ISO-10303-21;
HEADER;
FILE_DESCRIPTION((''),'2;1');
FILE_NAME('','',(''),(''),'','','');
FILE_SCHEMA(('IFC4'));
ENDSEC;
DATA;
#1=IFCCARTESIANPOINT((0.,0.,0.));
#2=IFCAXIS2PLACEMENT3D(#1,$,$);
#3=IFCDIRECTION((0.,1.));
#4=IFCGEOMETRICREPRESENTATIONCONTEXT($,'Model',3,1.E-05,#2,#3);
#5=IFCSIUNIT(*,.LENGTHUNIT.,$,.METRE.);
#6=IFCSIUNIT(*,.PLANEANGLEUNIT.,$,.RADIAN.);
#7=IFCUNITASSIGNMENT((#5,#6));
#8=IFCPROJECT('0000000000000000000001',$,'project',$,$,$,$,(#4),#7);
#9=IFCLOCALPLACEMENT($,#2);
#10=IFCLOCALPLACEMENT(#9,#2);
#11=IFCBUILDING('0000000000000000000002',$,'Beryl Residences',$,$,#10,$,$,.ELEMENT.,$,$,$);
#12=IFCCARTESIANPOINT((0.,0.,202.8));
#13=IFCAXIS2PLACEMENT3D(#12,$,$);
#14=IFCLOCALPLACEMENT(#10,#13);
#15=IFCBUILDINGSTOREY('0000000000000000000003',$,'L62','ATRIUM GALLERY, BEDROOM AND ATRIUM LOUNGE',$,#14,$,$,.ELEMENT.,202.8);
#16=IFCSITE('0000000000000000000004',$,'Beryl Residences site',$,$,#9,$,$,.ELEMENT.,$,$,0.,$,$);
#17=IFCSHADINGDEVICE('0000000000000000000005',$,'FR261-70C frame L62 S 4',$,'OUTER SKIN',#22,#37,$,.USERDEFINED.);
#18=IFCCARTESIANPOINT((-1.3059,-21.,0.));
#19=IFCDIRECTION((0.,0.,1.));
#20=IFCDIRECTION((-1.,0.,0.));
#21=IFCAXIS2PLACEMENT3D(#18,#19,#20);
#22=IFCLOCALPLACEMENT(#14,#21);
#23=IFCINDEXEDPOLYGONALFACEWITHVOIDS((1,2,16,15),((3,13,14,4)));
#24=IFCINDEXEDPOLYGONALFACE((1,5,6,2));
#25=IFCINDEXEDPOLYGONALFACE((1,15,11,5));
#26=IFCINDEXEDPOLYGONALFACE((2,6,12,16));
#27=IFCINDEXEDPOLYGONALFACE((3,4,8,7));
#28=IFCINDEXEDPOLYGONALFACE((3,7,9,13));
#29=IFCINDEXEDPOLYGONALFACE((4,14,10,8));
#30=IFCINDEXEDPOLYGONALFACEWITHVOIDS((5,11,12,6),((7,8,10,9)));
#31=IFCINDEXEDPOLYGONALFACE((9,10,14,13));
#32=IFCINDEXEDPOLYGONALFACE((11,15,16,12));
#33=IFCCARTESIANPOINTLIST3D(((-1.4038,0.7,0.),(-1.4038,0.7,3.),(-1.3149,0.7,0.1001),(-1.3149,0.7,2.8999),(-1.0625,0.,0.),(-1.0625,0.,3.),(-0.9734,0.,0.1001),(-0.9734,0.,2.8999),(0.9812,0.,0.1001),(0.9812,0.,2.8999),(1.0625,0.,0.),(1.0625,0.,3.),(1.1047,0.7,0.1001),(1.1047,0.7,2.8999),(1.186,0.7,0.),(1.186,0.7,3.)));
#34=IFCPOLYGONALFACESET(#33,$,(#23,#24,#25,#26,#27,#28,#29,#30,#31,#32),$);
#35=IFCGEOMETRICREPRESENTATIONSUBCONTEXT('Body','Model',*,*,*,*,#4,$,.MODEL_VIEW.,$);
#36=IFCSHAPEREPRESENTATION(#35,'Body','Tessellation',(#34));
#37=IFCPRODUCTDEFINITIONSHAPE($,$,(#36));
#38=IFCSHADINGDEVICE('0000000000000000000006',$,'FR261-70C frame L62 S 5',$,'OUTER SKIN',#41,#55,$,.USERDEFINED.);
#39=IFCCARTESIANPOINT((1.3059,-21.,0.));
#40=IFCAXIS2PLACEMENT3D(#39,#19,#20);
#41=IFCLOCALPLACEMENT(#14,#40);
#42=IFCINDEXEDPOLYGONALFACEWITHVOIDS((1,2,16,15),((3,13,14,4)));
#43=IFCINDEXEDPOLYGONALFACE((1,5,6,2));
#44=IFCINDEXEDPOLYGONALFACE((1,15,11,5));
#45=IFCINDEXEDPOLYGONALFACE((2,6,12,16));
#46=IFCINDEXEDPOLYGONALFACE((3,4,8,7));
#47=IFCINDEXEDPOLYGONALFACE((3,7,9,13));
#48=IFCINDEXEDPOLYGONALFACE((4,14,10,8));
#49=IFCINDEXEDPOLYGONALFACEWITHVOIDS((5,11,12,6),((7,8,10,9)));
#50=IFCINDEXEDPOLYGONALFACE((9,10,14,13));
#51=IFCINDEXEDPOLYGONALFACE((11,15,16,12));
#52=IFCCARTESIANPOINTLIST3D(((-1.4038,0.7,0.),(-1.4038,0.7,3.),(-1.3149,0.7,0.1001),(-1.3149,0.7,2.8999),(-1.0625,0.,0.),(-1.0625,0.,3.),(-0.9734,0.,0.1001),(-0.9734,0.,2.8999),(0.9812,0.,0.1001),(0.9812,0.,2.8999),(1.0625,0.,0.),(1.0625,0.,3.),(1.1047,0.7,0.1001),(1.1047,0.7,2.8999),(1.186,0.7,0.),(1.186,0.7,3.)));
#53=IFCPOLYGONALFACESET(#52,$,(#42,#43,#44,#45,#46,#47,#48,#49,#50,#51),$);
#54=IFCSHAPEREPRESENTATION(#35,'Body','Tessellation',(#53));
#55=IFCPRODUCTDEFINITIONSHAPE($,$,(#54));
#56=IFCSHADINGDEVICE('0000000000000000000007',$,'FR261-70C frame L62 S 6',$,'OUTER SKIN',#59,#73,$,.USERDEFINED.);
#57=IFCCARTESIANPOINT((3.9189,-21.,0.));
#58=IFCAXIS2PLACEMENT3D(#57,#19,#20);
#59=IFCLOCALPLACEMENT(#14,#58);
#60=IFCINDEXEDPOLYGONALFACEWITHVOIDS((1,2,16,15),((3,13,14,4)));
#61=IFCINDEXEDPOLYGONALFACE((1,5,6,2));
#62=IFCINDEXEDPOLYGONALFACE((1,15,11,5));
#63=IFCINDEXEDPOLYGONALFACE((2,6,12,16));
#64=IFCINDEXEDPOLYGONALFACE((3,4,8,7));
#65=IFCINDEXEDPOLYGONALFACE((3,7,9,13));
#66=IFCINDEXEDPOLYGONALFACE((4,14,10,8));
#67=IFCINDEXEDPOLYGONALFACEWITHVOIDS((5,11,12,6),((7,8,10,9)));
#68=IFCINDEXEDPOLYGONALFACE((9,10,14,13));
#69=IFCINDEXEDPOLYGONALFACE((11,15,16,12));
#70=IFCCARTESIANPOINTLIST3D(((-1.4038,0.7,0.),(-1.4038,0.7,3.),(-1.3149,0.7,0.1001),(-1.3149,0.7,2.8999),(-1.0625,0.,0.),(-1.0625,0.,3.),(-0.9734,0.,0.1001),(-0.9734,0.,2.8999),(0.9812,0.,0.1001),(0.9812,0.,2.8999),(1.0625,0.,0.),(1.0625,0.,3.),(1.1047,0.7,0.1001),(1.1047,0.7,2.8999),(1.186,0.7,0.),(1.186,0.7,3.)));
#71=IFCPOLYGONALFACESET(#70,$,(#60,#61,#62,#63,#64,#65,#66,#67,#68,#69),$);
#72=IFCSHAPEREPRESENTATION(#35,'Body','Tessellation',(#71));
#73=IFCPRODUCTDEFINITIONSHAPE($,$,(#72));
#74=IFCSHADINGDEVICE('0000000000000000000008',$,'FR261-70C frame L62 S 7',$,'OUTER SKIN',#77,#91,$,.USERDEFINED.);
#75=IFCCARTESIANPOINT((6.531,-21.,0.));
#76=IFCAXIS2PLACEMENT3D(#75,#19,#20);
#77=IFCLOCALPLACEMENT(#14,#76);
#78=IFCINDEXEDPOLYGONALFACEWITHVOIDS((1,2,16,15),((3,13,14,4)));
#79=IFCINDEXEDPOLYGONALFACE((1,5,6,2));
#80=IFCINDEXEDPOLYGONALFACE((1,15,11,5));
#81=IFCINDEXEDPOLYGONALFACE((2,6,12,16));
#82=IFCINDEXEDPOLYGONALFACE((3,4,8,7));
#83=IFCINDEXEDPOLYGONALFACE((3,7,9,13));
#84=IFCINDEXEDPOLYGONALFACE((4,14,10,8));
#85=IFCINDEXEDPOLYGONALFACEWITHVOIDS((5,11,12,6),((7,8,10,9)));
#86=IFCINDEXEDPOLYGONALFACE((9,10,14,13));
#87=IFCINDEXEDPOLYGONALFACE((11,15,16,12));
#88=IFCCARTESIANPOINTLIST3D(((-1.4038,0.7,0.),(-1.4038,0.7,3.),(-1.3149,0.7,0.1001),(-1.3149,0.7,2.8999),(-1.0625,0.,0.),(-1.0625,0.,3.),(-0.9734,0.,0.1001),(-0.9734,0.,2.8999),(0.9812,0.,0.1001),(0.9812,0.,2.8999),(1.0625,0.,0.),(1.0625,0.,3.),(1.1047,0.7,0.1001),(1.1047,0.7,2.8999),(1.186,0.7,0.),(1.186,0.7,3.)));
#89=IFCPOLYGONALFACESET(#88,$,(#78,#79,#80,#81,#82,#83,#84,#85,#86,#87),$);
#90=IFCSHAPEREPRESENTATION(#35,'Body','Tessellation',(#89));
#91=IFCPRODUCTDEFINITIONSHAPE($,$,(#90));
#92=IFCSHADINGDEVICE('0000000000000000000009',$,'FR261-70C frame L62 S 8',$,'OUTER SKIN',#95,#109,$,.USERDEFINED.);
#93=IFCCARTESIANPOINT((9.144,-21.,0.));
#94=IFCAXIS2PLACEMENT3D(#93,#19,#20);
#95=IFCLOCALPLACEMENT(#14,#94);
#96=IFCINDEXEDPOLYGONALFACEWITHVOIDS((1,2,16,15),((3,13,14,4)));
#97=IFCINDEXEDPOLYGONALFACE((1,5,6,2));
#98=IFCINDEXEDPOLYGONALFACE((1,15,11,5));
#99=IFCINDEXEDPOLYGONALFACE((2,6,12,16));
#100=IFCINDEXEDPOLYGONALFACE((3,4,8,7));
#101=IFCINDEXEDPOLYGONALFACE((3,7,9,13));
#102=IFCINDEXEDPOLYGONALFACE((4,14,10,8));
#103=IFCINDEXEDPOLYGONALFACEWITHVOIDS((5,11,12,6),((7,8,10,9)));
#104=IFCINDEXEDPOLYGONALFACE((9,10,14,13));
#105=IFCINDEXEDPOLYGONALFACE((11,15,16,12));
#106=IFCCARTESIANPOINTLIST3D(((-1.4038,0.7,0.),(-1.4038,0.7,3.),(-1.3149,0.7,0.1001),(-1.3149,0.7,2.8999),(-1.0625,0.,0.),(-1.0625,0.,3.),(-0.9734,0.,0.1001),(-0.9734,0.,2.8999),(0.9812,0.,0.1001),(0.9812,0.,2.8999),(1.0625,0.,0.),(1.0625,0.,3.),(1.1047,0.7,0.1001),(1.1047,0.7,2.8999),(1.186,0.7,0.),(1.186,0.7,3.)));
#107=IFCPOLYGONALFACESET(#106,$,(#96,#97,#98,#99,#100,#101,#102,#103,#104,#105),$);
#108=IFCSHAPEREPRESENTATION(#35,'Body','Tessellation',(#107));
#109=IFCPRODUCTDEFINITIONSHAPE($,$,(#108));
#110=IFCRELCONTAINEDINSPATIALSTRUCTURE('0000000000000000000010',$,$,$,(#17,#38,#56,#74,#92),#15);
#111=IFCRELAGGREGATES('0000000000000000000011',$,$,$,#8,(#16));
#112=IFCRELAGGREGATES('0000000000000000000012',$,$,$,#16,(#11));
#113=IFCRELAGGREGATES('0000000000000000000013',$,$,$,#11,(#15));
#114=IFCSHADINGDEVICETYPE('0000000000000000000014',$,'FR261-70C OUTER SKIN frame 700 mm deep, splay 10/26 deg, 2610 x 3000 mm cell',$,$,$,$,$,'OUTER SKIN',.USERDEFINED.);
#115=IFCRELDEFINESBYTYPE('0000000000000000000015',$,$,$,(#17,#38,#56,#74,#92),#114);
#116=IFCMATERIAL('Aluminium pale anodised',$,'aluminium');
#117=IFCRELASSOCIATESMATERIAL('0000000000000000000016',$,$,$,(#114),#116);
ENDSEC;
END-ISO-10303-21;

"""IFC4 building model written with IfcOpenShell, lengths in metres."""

from ifc_helpers import new_model, entity, si_unit, direction, frame, origin, place, context, subcontext, project, spatial, source, transform, mapped, material, type_object, type_shapes, element, save


model = new_model("IFC4")

# Units and contexts
model_context = context("Model", 3, precision=1e-05, world=origin(), true_north=direction((0.0, 1.0)))
body_context = subcontext(model_context, "Body", "Model", "MODEL_VIEW")
ifc_project = project(units=[si_unit("LENGTHUNIT", "METRE"), si_unit("PLANEANGLEUNIT", "RADIAN")], contexts=[model_context])

# Site, building, storey
site_placement = place(None, origin())
site = spatial("IfcSite", under=ifc_project, at=site_placement, Name="Beryl Residences site", CompositionType="ELEMENT", RefElevation=0.0)
building_placement = place(site_placement, origin())
building = spatial("IfcBuilding", under=site, at=building_placement, Name="Beryl Residences", CompositionType="ELEMENT")
storey_placement = place(building_placement, frame((0.0, 0.0, 202.8)))
storey = spatial("IfcBuildingStorey", under=building, at=storey_placement, Name="L62", Description="ATRIUM GALLERY, BEDROOM AND ATRIUM LOUNGE", CompositionType="ELEMENT", Elevation=202.8)

# Shading devices
ifc_material_1 = material(Name="Aluminium pale anodised", Category="aluminium")
shading_device_type = type_object("IfcShadingDeviceType", Name="FR261-70C OUTER SKIN frame 700 mm deep, splay 10/26 deg, 2610 x 3000 mm cell", ElementType="OUTER SKIN", PredefinedType="USERDEFINED", material=ifc_material_1)
cartesian_point_1 = entity("IfcCartesianPoint", [-1.0625, 0.0])
cartesian_point_2 = entity("IfcCartesianPoint", [-0.9812, 0.1001])
cartesian_point_3 = entity("IfcCartesianPoint", [-1.186, 0.0])
cartesian_point_4 = entity("IfcCartesianPoint", [-1.1047, 0.1001])
shared_shape_1 = source(origin(), body_context, "Body", "SweptSolid", [
    entity("IfcExtrudedAreaSolidTapered", entity("IfcArbitraryProfileDefWithVoids", "AREA", None, entity("IfcPolyline", [cartesian_point_1, entity("IfcCartesianPoint", [1.0625, 0.0]), entity("IfcCartesianPoint", [1.0625, 3.0]), entity("IfcCartesianPoint", [-1.0625, 3.0]), cartesian_point_1]), [entity("IfcPolyline", [cartesian_point_2, entity("IfcCartesianPoint", [0.9734, 0.1001]), entity("IfcCartesianPoint", [0.9734, 2.8999]), entity("IfcCartesianPoint", [-0.9812, 2.8999]), cartesian_point_2])]), entity("IfcAxis2Placement3D", entity("IfcCartesianPoint", [0.0, 0.0, 0.0]), entity("IfcDirection", [0.0, 1.0, 0.0]), entity("IfcDirection", [-1.0, 0.0, 0.0])), entity("IfcDirection", [0.0, 0.0, 1.0]), 0.7, entity("IfcArbitraryProfileDefWithVoids", "AREA", None, entity("IfcPolyline", [cartesian_point_3, entity("IfcCartesianPoint", [1.4038, 0.0]), entity("IfcCartesianPoint", [1.4038, 3.0]), entity("IfcCartesianPoint", [-1.186, 3.0]), cartesian_point_3]), [entity("IfcPolyline", [cartesian_point_4, entity("IfcCartesianPoint", [1.3149, 0.1001]), entity("IfcCartesianPoint", [1.3149, 2.8999]), entity("IfcCartesianPoint", [-1.1047, 2.8999]), cartesian_point_4])])),
])
type_shapes(shading_device_type, [shared_shape_1])
for number, where, z_axis, x_axis, name in (
    (1, (-1.3059, -21.0, 0.0), (0.0, 0.0, 1.0), (-1.0, 0.0, 0.0), "FR261-70C frame L62 S 4"),
    (2, (1.3059, -21.0, 0.0), (0.0, 0.0, 1.0), (-1.0, 0.0, 0.0), "FR261-70C frame L62 S 5"),
    (3, (3.9189, -21.0, 0.0), (0.0, 0.0, 1.0), (-1.0, 0.0, 0.0), "FR261-70C frame L62 S 6"),
    (4, (6.531, -21.0, 0.0), (0.0, 0.0, 1.0), (-1.0, 0.0, 0.0), "FR261-70C frame L62 S 7"),
    (5, (9.144, -21.0, 0.0), (0.0, 0.0, 1.0), (-1.0, 0.0, 0.0), "FR261-70C frame L62 S 8"),
):
    element("IfcShadingDevice", number, at=place(storey_placement, frame(where, z_axis=z_axis, x_axis=x_axis)), inside=storey, type_object=shading_device_type, Name=name, ObjectType="OUTER SKIN", PredefinedType="USERDEFINED", context=body_context, shape_type="MappedRepresentation", body=[
        mapped(shared_shape_1, transform((0.0, 0.0, 0.0))),
    ])

save(model, "model.ifc")
